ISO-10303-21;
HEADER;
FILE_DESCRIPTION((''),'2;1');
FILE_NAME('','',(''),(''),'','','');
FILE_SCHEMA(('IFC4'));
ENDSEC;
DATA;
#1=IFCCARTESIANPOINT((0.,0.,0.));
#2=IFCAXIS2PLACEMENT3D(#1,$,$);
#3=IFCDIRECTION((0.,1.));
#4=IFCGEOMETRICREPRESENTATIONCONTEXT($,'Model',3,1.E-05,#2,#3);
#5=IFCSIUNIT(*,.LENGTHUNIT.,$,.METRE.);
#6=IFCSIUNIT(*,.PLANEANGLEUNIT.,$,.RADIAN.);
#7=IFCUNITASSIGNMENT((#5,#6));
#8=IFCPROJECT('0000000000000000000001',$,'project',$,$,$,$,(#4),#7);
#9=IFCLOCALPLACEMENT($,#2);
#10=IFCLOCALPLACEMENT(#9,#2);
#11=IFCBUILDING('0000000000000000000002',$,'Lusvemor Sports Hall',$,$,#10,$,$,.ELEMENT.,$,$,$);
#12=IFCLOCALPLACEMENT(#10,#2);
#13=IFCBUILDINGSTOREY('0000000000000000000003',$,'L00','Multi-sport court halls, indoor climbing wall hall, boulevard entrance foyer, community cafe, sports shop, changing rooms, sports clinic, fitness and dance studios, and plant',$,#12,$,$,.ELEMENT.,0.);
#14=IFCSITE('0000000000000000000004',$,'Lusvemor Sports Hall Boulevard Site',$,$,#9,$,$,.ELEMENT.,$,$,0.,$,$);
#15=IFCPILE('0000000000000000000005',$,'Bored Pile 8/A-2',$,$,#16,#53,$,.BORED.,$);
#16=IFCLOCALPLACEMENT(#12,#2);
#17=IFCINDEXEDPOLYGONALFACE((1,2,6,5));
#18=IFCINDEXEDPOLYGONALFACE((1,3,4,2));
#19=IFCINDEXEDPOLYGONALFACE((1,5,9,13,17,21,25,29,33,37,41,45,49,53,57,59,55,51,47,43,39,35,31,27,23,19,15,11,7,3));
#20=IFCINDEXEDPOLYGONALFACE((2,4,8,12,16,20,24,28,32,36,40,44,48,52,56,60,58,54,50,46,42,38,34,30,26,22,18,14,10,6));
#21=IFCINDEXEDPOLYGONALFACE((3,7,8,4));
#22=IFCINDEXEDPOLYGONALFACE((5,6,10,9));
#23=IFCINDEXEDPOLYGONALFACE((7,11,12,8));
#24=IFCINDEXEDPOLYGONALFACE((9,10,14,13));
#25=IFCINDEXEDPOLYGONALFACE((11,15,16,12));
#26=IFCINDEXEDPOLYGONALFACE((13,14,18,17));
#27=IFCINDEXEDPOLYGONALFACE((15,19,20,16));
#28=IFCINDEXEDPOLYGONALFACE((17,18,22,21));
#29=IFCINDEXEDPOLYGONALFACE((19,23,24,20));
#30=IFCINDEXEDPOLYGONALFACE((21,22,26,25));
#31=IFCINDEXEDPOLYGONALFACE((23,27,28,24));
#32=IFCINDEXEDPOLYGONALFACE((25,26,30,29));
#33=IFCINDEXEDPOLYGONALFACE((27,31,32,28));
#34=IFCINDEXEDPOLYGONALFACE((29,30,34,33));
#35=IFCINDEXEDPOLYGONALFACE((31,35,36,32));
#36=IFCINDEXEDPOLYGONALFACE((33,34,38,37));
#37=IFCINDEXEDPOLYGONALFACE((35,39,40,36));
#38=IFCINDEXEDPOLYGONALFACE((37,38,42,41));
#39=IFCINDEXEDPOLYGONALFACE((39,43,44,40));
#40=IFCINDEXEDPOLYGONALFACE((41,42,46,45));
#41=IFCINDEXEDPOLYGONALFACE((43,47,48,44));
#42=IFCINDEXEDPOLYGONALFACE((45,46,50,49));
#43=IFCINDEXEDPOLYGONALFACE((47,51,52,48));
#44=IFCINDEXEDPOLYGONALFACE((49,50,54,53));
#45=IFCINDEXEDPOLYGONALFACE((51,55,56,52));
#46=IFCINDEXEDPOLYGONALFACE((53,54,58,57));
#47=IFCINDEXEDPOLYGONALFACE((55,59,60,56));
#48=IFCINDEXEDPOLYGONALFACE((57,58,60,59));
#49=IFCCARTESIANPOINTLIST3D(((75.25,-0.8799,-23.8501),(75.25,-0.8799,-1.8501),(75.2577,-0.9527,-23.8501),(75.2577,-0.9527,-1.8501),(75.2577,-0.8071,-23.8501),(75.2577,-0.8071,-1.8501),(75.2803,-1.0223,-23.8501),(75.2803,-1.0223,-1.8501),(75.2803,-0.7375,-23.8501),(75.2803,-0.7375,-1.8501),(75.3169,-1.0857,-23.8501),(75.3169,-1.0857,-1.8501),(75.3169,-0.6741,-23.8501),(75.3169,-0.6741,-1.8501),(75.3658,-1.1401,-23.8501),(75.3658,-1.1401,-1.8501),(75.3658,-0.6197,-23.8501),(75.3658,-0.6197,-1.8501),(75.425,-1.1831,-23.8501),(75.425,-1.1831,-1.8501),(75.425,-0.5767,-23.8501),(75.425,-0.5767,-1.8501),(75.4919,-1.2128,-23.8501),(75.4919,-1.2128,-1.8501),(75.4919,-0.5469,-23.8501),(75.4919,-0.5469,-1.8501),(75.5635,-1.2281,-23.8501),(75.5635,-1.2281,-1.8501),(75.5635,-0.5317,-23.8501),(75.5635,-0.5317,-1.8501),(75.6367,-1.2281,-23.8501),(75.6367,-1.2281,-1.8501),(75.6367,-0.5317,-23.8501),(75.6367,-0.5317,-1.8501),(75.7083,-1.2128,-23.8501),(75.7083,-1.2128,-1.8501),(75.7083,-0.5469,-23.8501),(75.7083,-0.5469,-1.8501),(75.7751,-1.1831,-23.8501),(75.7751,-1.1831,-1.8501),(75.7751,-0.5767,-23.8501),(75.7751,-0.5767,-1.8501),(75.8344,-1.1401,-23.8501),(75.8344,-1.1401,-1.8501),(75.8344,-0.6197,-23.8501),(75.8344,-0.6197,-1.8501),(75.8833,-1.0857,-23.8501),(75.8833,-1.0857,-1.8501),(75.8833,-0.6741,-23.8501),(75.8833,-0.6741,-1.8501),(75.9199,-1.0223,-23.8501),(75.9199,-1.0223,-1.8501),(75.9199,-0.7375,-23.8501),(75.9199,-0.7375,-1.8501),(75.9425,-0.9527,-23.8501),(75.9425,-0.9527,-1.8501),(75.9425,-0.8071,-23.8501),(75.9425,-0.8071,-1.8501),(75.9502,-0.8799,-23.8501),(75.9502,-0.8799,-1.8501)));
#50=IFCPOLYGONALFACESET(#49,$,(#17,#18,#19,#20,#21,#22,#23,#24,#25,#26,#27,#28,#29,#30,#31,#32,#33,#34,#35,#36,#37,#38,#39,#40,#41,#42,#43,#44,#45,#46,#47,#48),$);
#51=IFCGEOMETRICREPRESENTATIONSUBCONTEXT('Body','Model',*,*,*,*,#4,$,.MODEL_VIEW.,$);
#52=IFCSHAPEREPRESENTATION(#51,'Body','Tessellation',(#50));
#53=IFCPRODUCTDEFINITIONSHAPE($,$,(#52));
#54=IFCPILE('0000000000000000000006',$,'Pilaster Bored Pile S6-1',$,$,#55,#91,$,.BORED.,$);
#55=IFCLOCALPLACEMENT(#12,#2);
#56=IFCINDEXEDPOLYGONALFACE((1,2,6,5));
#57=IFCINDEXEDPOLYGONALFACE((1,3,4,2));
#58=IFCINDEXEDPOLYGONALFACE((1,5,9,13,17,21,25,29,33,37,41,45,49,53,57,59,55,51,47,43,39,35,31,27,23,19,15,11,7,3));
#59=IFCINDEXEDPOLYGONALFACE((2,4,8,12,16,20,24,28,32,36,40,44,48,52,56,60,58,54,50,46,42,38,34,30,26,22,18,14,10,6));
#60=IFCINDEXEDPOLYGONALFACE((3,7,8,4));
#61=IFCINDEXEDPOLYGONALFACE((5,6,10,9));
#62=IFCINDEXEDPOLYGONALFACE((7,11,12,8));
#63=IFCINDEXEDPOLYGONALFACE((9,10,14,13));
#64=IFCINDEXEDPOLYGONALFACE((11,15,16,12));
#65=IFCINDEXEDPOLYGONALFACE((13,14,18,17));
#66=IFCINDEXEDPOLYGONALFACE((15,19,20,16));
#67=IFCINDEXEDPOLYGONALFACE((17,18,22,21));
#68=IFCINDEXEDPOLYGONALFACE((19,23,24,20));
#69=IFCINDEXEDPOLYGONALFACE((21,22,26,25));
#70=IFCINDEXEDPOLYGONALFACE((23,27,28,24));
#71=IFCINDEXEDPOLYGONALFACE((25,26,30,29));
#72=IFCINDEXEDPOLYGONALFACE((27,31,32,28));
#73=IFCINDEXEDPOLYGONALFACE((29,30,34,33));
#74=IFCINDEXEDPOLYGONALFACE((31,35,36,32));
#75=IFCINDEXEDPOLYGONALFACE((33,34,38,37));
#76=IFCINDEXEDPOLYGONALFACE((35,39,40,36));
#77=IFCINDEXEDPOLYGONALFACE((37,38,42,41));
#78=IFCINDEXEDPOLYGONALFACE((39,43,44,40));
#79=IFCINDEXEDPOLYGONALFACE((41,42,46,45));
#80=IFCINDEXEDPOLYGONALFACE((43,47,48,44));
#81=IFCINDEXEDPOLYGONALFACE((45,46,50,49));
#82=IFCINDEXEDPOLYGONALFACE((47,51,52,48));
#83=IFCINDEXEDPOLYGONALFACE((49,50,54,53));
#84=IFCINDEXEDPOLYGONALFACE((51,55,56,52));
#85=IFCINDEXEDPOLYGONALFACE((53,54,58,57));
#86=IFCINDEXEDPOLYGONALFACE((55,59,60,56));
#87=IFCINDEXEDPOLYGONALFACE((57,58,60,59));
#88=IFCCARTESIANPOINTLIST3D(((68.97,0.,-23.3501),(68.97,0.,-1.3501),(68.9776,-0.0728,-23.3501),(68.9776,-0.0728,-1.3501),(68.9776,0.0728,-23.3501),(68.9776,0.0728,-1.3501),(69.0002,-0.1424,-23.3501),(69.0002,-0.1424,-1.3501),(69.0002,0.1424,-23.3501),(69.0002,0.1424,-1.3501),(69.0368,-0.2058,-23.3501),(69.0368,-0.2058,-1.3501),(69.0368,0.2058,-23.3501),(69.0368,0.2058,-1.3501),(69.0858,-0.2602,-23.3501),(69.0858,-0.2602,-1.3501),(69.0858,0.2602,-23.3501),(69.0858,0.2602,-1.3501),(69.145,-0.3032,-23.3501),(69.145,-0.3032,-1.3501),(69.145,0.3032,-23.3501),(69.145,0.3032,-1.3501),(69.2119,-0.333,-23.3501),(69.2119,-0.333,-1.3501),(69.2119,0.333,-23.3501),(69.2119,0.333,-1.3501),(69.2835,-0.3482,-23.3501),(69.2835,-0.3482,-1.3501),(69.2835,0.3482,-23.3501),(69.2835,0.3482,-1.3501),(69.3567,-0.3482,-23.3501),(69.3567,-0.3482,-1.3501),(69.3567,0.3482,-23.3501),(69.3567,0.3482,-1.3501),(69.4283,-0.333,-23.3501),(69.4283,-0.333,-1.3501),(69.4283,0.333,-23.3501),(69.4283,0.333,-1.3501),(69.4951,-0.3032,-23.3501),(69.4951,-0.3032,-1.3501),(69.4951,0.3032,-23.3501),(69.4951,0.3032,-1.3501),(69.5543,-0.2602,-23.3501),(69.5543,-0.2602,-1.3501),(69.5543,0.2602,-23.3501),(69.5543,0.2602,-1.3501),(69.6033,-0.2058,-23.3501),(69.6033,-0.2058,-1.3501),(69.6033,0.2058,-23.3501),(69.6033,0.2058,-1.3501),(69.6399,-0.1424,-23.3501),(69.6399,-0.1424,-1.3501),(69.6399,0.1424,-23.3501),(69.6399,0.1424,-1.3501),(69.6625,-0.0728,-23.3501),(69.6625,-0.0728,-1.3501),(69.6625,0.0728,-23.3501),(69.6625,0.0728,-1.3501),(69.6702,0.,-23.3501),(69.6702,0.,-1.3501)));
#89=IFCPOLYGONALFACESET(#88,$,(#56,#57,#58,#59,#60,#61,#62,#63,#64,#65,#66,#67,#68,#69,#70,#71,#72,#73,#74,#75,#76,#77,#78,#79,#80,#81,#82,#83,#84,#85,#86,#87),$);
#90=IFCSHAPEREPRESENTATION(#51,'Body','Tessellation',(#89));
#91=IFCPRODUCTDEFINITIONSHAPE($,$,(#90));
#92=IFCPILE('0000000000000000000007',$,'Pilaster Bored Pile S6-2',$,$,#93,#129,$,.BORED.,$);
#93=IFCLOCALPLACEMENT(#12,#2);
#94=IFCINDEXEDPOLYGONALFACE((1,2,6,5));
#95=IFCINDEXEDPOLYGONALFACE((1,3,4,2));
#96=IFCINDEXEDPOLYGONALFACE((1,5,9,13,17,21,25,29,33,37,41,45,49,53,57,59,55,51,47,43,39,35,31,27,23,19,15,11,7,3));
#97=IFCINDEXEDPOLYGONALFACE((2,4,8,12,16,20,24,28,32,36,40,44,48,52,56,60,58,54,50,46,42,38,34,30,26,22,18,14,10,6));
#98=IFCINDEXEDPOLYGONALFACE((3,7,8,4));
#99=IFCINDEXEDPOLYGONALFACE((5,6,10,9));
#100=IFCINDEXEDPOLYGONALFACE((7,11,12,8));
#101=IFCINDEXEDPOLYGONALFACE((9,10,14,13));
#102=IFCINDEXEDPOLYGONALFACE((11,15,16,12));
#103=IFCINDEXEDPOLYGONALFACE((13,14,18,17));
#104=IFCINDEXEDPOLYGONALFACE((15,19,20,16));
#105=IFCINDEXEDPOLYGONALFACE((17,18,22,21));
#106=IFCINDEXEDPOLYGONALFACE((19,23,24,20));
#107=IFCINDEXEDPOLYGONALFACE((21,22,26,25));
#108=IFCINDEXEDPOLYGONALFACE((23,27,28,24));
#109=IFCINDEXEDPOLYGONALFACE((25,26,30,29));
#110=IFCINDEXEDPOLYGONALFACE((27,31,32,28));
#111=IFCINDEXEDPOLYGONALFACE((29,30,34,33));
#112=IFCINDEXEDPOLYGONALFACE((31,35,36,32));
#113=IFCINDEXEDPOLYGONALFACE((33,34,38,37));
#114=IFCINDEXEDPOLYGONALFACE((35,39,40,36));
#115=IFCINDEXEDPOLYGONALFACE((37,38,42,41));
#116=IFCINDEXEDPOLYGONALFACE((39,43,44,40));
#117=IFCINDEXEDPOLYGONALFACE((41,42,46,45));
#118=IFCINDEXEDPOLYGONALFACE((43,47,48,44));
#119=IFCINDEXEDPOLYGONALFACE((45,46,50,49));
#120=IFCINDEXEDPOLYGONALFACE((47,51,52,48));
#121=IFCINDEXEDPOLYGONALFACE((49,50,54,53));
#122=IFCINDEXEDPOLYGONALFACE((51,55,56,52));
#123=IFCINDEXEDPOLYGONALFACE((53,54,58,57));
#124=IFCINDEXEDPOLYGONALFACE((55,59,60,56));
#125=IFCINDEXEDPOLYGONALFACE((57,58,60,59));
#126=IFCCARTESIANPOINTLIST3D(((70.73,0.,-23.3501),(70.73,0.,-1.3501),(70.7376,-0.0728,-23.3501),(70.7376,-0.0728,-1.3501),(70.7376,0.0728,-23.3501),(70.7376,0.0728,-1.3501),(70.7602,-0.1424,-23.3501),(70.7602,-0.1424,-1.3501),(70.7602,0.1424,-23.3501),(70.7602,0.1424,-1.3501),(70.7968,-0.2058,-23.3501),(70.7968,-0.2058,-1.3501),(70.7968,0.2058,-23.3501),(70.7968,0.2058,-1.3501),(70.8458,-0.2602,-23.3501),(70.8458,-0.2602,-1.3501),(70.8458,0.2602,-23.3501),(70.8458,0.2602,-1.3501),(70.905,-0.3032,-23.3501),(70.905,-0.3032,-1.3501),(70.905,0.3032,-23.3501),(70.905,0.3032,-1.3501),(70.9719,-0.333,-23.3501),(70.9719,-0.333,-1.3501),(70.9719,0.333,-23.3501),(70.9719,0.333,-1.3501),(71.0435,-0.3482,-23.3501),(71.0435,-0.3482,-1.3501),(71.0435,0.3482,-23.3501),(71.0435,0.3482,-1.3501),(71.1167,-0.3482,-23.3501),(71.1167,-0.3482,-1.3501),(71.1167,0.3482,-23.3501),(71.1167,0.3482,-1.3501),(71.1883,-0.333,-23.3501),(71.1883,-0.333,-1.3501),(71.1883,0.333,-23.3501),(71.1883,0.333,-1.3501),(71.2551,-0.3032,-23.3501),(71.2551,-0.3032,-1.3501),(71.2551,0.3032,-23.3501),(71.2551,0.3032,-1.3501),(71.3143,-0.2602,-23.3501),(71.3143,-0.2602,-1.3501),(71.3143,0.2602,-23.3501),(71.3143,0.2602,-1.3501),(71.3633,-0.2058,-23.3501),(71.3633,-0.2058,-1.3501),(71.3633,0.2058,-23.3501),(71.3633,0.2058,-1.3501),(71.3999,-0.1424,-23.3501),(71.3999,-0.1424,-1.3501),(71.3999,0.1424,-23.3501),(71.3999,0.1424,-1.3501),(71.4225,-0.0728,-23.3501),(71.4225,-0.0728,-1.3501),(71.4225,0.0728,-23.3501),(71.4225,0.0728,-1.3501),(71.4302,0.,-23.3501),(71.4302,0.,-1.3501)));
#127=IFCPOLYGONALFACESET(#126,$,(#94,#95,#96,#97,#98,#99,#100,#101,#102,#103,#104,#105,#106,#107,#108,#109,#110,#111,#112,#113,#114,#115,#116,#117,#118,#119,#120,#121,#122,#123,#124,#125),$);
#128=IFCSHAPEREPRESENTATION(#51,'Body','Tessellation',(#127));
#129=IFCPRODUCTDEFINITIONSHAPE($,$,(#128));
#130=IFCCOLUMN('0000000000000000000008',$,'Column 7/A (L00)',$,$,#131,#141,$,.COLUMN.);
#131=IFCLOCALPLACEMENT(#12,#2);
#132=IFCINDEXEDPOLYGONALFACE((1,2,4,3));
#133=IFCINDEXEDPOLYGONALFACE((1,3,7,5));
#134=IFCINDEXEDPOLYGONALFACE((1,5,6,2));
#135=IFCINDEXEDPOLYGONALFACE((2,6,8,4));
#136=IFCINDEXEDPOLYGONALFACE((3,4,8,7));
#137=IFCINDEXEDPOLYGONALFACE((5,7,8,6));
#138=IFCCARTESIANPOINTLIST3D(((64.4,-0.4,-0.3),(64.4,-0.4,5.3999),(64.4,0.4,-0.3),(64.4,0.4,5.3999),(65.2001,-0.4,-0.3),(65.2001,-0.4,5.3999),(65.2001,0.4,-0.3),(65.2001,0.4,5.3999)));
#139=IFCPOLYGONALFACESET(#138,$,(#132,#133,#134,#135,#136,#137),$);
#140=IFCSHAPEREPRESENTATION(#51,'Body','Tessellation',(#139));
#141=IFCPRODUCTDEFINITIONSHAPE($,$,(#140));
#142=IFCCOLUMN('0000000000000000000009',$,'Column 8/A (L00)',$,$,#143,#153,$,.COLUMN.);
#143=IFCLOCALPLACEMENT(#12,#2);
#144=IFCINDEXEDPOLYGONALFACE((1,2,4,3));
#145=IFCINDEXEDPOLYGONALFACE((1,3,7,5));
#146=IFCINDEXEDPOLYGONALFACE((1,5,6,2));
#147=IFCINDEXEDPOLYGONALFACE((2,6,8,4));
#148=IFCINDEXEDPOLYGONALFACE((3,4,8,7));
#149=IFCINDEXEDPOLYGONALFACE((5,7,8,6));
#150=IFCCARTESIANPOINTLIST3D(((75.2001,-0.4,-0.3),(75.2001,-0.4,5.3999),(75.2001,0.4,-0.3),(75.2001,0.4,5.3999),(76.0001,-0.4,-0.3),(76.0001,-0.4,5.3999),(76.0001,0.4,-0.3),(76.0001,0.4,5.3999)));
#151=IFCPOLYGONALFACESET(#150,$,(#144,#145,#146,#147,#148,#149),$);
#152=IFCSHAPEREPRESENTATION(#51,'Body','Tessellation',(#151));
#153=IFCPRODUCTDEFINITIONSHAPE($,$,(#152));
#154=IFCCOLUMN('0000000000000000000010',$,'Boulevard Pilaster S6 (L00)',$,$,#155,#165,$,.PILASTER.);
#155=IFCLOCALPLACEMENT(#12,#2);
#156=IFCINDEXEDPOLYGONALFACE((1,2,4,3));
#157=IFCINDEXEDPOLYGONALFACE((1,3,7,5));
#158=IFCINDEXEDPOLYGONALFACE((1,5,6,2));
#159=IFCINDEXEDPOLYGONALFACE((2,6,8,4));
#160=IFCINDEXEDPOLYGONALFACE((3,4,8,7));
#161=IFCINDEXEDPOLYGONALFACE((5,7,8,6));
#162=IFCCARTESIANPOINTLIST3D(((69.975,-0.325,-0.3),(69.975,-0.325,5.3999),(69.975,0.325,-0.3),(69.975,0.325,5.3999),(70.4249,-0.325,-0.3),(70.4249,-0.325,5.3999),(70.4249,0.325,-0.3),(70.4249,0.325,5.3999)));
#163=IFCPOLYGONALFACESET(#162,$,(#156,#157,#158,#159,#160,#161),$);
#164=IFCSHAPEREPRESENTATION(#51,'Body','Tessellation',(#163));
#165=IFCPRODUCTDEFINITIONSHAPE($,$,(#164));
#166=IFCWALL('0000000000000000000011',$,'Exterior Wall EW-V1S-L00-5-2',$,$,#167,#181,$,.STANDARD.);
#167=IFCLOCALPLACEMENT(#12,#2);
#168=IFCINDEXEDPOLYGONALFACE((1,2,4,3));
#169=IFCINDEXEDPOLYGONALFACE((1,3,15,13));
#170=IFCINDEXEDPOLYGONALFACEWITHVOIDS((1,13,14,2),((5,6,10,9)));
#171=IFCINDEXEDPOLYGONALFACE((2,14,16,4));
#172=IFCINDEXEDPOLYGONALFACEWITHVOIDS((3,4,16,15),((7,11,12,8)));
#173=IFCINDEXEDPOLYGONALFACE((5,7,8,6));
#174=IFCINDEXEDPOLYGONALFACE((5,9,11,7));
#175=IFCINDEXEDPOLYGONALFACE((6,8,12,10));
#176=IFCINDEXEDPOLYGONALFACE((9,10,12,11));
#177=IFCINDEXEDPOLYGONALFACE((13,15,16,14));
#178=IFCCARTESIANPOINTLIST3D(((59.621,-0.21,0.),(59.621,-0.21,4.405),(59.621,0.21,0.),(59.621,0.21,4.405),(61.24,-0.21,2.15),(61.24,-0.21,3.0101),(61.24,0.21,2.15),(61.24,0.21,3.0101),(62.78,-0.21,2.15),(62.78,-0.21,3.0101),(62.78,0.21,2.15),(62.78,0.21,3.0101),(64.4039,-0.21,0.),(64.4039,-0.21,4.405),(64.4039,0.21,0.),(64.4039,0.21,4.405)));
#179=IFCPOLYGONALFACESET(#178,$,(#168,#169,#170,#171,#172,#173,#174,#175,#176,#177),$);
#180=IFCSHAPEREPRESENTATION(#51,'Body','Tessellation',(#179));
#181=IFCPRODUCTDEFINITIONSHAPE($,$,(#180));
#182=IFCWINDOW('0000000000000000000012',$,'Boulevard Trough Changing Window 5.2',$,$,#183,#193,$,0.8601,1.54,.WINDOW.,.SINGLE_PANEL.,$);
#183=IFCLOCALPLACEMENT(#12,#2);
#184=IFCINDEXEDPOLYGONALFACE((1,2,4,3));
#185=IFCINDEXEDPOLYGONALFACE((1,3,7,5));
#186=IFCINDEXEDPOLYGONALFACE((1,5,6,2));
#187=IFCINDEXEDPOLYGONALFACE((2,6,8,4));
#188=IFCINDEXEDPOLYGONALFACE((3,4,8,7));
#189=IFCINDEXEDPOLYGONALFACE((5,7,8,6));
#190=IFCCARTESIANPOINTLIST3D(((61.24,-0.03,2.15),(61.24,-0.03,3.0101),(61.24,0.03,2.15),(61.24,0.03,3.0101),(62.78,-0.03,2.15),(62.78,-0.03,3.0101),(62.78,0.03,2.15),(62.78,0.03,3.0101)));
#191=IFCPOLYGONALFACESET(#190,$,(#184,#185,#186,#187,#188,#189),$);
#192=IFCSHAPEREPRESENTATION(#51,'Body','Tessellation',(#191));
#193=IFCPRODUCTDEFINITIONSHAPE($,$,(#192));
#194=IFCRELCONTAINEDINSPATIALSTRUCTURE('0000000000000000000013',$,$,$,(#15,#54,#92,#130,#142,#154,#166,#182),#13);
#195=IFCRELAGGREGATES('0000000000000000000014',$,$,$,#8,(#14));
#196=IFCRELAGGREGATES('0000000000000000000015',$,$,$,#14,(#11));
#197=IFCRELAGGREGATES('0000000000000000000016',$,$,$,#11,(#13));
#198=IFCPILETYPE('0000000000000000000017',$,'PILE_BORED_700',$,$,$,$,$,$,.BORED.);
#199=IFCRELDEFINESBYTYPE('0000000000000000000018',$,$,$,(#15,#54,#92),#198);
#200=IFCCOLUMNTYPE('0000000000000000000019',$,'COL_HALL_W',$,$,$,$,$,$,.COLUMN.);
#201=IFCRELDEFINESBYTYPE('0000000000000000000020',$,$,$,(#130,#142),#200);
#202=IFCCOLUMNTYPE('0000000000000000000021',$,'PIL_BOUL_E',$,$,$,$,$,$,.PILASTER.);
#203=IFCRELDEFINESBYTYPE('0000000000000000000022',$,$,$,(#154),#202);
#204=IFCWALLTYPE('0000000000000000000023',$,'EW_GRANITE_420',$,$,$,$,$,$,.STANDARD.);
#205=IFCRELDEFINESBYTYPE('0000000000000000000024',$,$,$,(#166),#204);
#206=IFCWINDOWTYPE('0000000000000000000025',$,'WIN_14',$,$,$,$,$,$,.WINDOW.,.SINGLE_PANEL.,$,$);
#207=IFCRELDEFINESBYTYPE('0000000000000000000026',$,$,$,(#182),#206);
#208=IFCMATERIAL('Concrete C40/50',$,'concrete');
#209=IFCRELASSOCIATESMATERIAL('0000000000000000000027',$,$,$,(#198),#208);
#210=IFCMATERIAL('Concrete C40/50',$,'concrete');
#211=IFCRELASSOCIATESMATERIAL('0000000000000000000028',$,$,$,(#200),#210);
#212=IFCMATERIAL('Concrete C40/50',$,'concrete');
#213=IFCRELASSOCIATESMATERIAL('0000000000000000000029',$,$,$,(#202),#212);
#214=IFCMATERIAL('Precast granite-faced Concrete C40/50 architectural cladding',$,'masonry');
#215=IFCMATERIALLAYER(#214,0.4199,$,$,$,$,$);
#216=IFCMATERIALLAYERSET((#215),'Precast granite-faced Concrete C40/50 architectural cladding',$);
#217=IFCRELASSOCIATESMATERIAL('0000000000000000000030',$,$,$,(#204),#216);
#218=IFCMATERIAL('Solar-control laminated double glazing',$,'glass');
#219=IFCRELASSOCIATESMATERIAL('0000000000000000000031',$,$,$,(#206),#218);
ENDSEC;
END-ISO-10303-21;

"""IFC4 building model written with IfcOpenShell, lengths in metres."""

from ifc_helpers import new_model, si_unit, direction, frame, frame_2d, origin, origin_2d, place, context, subcontext, project, spatial, rectangle, circle, extrude, material, layer, layer_set, material_profile, profile_set, type_object, element, fill, save


model = new_model("IFC4")

# Units and contexts
model_context = context("Model", 3, precision=1e-05, world=origin(), true_north=direction((0.0, 1.0)))
body_context = subcontext(model_context, "Body", "Model", "MODEL_VIEW")
ifc_project = project(units=[si_unit("LENGTHUNIT", "METRE"), si_unit("PLANEANGLEUNIT", "RADIAN")], contexts=[model_context])

# Site, building, storey
site_placement = place(None, origin())
site = spatial("IfcSite", under=ifc_project, at=site_placement, Name="Lusvemor Sports Hall Boulevard Site", CompositionType="ELEMENT", RefElevation=0.0)
building_placement = place(site_placement, origin())
building = spatial("IfcBuilding", under=site, at=building_placement, Name="Lusvemor Sports Hall", CompositionType="ELEMENT")
storey_placement = place(building_placement, origin())
storey = spatial("IfcBuildingStorey", under=building, at=storey_placement, Name="L00", Description="Multi-sport court halls, indoor climbing wall hall, boulevard entrance foyer, community cafe, sports shop, changing rooms, sports clinic, fitness and dance studios, and plant", CompositionType="ELEMENT", Elevation=0.0)

# Piles
ifc_material_1 = material(Name="Concrete C40/50", Category="concrete")
ifc_material_profile_1 = material_profile(ifc_material_1, circle(Radius=0.3501, at=origin_2d()), Name="PILE700")
ifc_profile_set_1 = profile_set([ifc_material_profile_1], Name="Concrete C40/50")
pile_type = type_object("IfcPileType", Name="PILE_BORED_700", PredefinedType="BORED", material=ifc_profile_set_1)
for number, where, z_axis, x_axis, name in (
    (1, (75.6001, -0.8799, -1.8501), (0.0, 0.0, -1.0), (1.0, 0.0, 0.0), "Bored Pile 8/A-2"),
    (2, (69.3201, 0.0, -1.3501), (0.0, 0.0, -1.0), (1.0, 0.0, 0.0), "Pilaster Bored Pile S6-1"),
    (3, (71.0801, 0.0, -1.3501), (0.0, 0.0, -1.0), (1.0, 0.0, 0.0), "Pilaster Bored Pile S6-2"),
):
    element("IfcPile", number, at=place(storey_placement, frame(where, z_axis=z_axis, x_axis=x_axis)), inside=storey, type_object=pile_type, Name=name, PredefinedType="BORED", context=body_context, shape_type="SweptSolid", body=[
        extrude(circle(Radius=0.3501, at=origin_2d()), origin(), (0.0, 0.0, 1.0), 22.0),
    ])

# Columns
ifc_material_2 = material(Name="Concrete C40/50", Category="concrete")
ifc_material_profile_2 = material_profile(ifc_material_2, rectangle(XDim=0.8, YDim=0.8, at=origin_2d()), Name="RC800x800")
ifc_profile_set_2 = profile_set([ifc_material_profile_2], Name="Concrete C40/50")
column_type_1 = type_object("IfcColumnType", Name="COL_HALL_W", PredefinedType="COLUMN", material=ifc_profile_set_2)
for number, where, z_axis, x_axis, name in (
    (4, (64.8, 0.0, -0.3), (0.0, 0.0, 1.0), (1.0, 0.0, 0.0), "Column 7/A (L00)"),
    (5, (75.6001, 0.0, -0.3), (0.0, 0.0, 1.0), (1.0, 0.0, 0.0), "Column 8/A (L00)"),
):
    element("IfcColumn", number, at=place(storey_placement, frame(where, z_axis=z_axis, x_axis=x_axis)), inside=storey, type_object=column_type_1, Name=name, PredefinedType="COLUMN", context=body_context, shape_type="SweptSolid", body=[
        extrude(rectangle(XDim=0.8, YDim=0.8, at=origin_2d()), origin(), (0.0, 0.0, 1.0), 5.7),
    ])
ifc_material_3 = material(Name="Concrete C40/50", Category="concrete")
ifc_material_profile_3 = material_profile(ifc_material_3, rectangle(XDim=0.45, YDim=0.6499, at=origin_2d()), Name="RC450x650")
ifc_profile_set_3 = profile_set([ifc_material_profile_3], Name="Concrete C40/50")
column_type_2 = type_object("IfcColumnType", Name="PIL_BOUL_E", PredefinedType="PILASTER", material=ifc_profile_set_3)
column_placement = place(storey_placement, frame((70.2, 0.0, -0.3), z_axis=(0.0, 0.0, 1.0), x_axis=(1.0, 0.0, 0.0)))
element("IfcColumn", 6, at=column_placement, inside=storey, type_object=column_type_2, Name="Boulevard Pilaster S6 (L00)", PredefinedType="PILASTER", context=body_context, shape_type="SweptSolid", body=[
    extrude(rectangle(XDim=0.45, YDim=0.6499, at=origin_2d()), origin(), (0.0, 0.0, 1.0), 5.7),
])

# Wall, opening, window
ifc_material_4 = material(Name="Precast granite-faced Concrete C40/50 architectural cladding", Category="masonry")
ifc_layer_1 = layer(ifc_material_4, 0.4199)
ifc_layer_set_1 = layer_set([ifc_layer_1], Name="Precast granite-faced Concrete C40/50 architectural cladding")
wall_type_1 = type_object("IfcWallType", Name="EW_GRANITE_420", PredefinedType="STANDARD", material=ifc_layer_set_1)
wall_1_placement = place(storey_placement, frame((64.4041, 0.0, 0.0), z_axis=(0.0, 0.0, 1.0), x_axis=(-1.0, 0.0, 0.0)))
wall_1 = element("IfcWall", 7, at=wall_1_placement, inside=storey, type_object=wall_type_1, Name="Exterior Wall EW-V1S-L00-5-2", PredefinedType="STANDARD", context=body_context, shape_type="SweptSolid", body=[
    extrude(rectangle(XDim=4.783, YDim=0.4199, at=frame_2d((2.3916, 0.0))), origin(), (0.0, 0.0, 1.0), 4.405),
])
opening_1_placement = place(wall_1_placement, frame((1.624, 0.0, 2.1499)))
opening_1 = element("IfcOpeningElement", 8, at=opening_1_placement, cuts=wall_1, PredefinedType="OPENING", context=body_context, shape_type="SweptSolid", body=[
    extrude(rectangle(XDim=1.54, YDim=0.8601, at=frame_2d((0.77, 0.4302))), frame((0.0, 0.21, 0.0), z_axis=(0.0, -1.0, 0.0), x_axis=(1.0, 0.0, 0.0)), (0.0, 0.0, 1.0), 0.4199),
])
ifc_material_5 = material(Name="Solar-control laminated double glazing", Category="glass")
window_type_1 = type_object("IfcWindowType", Name="WIN_14", PartitioningType="SINGLE_PANEL", PredefinedType="WINDOW", material=ifc_material_5)
window_1_placement = place(opening_1_placement, origin())
window_1 = element("IfcWindow", 9, at=window_1_placement, inside=storey, type_object=window_type_1, Name="Boulevard Trough Changing Window 5.2", OverallHeight=0.8601, OverallWidth=1.54, PartitioningType="SINGLE_PANEL", PredefinedType="WINDOW", context=body_context, shape_type="SweptSolid", body=[
    extrude(rectangle(XDim=1.54, YDim=0.8601, at=frame_2d((0.77, 0.4302))), frame((0.0, 0.03, 0.0), z_axis=(0.0, -1.0, 0.0), x_axis=(1.0, 0.0, 0.0)), (0.0, 0.0, 1.0), 0.0601),
])
fill(opening_1, window_1)

save(model, "model.ifc")
